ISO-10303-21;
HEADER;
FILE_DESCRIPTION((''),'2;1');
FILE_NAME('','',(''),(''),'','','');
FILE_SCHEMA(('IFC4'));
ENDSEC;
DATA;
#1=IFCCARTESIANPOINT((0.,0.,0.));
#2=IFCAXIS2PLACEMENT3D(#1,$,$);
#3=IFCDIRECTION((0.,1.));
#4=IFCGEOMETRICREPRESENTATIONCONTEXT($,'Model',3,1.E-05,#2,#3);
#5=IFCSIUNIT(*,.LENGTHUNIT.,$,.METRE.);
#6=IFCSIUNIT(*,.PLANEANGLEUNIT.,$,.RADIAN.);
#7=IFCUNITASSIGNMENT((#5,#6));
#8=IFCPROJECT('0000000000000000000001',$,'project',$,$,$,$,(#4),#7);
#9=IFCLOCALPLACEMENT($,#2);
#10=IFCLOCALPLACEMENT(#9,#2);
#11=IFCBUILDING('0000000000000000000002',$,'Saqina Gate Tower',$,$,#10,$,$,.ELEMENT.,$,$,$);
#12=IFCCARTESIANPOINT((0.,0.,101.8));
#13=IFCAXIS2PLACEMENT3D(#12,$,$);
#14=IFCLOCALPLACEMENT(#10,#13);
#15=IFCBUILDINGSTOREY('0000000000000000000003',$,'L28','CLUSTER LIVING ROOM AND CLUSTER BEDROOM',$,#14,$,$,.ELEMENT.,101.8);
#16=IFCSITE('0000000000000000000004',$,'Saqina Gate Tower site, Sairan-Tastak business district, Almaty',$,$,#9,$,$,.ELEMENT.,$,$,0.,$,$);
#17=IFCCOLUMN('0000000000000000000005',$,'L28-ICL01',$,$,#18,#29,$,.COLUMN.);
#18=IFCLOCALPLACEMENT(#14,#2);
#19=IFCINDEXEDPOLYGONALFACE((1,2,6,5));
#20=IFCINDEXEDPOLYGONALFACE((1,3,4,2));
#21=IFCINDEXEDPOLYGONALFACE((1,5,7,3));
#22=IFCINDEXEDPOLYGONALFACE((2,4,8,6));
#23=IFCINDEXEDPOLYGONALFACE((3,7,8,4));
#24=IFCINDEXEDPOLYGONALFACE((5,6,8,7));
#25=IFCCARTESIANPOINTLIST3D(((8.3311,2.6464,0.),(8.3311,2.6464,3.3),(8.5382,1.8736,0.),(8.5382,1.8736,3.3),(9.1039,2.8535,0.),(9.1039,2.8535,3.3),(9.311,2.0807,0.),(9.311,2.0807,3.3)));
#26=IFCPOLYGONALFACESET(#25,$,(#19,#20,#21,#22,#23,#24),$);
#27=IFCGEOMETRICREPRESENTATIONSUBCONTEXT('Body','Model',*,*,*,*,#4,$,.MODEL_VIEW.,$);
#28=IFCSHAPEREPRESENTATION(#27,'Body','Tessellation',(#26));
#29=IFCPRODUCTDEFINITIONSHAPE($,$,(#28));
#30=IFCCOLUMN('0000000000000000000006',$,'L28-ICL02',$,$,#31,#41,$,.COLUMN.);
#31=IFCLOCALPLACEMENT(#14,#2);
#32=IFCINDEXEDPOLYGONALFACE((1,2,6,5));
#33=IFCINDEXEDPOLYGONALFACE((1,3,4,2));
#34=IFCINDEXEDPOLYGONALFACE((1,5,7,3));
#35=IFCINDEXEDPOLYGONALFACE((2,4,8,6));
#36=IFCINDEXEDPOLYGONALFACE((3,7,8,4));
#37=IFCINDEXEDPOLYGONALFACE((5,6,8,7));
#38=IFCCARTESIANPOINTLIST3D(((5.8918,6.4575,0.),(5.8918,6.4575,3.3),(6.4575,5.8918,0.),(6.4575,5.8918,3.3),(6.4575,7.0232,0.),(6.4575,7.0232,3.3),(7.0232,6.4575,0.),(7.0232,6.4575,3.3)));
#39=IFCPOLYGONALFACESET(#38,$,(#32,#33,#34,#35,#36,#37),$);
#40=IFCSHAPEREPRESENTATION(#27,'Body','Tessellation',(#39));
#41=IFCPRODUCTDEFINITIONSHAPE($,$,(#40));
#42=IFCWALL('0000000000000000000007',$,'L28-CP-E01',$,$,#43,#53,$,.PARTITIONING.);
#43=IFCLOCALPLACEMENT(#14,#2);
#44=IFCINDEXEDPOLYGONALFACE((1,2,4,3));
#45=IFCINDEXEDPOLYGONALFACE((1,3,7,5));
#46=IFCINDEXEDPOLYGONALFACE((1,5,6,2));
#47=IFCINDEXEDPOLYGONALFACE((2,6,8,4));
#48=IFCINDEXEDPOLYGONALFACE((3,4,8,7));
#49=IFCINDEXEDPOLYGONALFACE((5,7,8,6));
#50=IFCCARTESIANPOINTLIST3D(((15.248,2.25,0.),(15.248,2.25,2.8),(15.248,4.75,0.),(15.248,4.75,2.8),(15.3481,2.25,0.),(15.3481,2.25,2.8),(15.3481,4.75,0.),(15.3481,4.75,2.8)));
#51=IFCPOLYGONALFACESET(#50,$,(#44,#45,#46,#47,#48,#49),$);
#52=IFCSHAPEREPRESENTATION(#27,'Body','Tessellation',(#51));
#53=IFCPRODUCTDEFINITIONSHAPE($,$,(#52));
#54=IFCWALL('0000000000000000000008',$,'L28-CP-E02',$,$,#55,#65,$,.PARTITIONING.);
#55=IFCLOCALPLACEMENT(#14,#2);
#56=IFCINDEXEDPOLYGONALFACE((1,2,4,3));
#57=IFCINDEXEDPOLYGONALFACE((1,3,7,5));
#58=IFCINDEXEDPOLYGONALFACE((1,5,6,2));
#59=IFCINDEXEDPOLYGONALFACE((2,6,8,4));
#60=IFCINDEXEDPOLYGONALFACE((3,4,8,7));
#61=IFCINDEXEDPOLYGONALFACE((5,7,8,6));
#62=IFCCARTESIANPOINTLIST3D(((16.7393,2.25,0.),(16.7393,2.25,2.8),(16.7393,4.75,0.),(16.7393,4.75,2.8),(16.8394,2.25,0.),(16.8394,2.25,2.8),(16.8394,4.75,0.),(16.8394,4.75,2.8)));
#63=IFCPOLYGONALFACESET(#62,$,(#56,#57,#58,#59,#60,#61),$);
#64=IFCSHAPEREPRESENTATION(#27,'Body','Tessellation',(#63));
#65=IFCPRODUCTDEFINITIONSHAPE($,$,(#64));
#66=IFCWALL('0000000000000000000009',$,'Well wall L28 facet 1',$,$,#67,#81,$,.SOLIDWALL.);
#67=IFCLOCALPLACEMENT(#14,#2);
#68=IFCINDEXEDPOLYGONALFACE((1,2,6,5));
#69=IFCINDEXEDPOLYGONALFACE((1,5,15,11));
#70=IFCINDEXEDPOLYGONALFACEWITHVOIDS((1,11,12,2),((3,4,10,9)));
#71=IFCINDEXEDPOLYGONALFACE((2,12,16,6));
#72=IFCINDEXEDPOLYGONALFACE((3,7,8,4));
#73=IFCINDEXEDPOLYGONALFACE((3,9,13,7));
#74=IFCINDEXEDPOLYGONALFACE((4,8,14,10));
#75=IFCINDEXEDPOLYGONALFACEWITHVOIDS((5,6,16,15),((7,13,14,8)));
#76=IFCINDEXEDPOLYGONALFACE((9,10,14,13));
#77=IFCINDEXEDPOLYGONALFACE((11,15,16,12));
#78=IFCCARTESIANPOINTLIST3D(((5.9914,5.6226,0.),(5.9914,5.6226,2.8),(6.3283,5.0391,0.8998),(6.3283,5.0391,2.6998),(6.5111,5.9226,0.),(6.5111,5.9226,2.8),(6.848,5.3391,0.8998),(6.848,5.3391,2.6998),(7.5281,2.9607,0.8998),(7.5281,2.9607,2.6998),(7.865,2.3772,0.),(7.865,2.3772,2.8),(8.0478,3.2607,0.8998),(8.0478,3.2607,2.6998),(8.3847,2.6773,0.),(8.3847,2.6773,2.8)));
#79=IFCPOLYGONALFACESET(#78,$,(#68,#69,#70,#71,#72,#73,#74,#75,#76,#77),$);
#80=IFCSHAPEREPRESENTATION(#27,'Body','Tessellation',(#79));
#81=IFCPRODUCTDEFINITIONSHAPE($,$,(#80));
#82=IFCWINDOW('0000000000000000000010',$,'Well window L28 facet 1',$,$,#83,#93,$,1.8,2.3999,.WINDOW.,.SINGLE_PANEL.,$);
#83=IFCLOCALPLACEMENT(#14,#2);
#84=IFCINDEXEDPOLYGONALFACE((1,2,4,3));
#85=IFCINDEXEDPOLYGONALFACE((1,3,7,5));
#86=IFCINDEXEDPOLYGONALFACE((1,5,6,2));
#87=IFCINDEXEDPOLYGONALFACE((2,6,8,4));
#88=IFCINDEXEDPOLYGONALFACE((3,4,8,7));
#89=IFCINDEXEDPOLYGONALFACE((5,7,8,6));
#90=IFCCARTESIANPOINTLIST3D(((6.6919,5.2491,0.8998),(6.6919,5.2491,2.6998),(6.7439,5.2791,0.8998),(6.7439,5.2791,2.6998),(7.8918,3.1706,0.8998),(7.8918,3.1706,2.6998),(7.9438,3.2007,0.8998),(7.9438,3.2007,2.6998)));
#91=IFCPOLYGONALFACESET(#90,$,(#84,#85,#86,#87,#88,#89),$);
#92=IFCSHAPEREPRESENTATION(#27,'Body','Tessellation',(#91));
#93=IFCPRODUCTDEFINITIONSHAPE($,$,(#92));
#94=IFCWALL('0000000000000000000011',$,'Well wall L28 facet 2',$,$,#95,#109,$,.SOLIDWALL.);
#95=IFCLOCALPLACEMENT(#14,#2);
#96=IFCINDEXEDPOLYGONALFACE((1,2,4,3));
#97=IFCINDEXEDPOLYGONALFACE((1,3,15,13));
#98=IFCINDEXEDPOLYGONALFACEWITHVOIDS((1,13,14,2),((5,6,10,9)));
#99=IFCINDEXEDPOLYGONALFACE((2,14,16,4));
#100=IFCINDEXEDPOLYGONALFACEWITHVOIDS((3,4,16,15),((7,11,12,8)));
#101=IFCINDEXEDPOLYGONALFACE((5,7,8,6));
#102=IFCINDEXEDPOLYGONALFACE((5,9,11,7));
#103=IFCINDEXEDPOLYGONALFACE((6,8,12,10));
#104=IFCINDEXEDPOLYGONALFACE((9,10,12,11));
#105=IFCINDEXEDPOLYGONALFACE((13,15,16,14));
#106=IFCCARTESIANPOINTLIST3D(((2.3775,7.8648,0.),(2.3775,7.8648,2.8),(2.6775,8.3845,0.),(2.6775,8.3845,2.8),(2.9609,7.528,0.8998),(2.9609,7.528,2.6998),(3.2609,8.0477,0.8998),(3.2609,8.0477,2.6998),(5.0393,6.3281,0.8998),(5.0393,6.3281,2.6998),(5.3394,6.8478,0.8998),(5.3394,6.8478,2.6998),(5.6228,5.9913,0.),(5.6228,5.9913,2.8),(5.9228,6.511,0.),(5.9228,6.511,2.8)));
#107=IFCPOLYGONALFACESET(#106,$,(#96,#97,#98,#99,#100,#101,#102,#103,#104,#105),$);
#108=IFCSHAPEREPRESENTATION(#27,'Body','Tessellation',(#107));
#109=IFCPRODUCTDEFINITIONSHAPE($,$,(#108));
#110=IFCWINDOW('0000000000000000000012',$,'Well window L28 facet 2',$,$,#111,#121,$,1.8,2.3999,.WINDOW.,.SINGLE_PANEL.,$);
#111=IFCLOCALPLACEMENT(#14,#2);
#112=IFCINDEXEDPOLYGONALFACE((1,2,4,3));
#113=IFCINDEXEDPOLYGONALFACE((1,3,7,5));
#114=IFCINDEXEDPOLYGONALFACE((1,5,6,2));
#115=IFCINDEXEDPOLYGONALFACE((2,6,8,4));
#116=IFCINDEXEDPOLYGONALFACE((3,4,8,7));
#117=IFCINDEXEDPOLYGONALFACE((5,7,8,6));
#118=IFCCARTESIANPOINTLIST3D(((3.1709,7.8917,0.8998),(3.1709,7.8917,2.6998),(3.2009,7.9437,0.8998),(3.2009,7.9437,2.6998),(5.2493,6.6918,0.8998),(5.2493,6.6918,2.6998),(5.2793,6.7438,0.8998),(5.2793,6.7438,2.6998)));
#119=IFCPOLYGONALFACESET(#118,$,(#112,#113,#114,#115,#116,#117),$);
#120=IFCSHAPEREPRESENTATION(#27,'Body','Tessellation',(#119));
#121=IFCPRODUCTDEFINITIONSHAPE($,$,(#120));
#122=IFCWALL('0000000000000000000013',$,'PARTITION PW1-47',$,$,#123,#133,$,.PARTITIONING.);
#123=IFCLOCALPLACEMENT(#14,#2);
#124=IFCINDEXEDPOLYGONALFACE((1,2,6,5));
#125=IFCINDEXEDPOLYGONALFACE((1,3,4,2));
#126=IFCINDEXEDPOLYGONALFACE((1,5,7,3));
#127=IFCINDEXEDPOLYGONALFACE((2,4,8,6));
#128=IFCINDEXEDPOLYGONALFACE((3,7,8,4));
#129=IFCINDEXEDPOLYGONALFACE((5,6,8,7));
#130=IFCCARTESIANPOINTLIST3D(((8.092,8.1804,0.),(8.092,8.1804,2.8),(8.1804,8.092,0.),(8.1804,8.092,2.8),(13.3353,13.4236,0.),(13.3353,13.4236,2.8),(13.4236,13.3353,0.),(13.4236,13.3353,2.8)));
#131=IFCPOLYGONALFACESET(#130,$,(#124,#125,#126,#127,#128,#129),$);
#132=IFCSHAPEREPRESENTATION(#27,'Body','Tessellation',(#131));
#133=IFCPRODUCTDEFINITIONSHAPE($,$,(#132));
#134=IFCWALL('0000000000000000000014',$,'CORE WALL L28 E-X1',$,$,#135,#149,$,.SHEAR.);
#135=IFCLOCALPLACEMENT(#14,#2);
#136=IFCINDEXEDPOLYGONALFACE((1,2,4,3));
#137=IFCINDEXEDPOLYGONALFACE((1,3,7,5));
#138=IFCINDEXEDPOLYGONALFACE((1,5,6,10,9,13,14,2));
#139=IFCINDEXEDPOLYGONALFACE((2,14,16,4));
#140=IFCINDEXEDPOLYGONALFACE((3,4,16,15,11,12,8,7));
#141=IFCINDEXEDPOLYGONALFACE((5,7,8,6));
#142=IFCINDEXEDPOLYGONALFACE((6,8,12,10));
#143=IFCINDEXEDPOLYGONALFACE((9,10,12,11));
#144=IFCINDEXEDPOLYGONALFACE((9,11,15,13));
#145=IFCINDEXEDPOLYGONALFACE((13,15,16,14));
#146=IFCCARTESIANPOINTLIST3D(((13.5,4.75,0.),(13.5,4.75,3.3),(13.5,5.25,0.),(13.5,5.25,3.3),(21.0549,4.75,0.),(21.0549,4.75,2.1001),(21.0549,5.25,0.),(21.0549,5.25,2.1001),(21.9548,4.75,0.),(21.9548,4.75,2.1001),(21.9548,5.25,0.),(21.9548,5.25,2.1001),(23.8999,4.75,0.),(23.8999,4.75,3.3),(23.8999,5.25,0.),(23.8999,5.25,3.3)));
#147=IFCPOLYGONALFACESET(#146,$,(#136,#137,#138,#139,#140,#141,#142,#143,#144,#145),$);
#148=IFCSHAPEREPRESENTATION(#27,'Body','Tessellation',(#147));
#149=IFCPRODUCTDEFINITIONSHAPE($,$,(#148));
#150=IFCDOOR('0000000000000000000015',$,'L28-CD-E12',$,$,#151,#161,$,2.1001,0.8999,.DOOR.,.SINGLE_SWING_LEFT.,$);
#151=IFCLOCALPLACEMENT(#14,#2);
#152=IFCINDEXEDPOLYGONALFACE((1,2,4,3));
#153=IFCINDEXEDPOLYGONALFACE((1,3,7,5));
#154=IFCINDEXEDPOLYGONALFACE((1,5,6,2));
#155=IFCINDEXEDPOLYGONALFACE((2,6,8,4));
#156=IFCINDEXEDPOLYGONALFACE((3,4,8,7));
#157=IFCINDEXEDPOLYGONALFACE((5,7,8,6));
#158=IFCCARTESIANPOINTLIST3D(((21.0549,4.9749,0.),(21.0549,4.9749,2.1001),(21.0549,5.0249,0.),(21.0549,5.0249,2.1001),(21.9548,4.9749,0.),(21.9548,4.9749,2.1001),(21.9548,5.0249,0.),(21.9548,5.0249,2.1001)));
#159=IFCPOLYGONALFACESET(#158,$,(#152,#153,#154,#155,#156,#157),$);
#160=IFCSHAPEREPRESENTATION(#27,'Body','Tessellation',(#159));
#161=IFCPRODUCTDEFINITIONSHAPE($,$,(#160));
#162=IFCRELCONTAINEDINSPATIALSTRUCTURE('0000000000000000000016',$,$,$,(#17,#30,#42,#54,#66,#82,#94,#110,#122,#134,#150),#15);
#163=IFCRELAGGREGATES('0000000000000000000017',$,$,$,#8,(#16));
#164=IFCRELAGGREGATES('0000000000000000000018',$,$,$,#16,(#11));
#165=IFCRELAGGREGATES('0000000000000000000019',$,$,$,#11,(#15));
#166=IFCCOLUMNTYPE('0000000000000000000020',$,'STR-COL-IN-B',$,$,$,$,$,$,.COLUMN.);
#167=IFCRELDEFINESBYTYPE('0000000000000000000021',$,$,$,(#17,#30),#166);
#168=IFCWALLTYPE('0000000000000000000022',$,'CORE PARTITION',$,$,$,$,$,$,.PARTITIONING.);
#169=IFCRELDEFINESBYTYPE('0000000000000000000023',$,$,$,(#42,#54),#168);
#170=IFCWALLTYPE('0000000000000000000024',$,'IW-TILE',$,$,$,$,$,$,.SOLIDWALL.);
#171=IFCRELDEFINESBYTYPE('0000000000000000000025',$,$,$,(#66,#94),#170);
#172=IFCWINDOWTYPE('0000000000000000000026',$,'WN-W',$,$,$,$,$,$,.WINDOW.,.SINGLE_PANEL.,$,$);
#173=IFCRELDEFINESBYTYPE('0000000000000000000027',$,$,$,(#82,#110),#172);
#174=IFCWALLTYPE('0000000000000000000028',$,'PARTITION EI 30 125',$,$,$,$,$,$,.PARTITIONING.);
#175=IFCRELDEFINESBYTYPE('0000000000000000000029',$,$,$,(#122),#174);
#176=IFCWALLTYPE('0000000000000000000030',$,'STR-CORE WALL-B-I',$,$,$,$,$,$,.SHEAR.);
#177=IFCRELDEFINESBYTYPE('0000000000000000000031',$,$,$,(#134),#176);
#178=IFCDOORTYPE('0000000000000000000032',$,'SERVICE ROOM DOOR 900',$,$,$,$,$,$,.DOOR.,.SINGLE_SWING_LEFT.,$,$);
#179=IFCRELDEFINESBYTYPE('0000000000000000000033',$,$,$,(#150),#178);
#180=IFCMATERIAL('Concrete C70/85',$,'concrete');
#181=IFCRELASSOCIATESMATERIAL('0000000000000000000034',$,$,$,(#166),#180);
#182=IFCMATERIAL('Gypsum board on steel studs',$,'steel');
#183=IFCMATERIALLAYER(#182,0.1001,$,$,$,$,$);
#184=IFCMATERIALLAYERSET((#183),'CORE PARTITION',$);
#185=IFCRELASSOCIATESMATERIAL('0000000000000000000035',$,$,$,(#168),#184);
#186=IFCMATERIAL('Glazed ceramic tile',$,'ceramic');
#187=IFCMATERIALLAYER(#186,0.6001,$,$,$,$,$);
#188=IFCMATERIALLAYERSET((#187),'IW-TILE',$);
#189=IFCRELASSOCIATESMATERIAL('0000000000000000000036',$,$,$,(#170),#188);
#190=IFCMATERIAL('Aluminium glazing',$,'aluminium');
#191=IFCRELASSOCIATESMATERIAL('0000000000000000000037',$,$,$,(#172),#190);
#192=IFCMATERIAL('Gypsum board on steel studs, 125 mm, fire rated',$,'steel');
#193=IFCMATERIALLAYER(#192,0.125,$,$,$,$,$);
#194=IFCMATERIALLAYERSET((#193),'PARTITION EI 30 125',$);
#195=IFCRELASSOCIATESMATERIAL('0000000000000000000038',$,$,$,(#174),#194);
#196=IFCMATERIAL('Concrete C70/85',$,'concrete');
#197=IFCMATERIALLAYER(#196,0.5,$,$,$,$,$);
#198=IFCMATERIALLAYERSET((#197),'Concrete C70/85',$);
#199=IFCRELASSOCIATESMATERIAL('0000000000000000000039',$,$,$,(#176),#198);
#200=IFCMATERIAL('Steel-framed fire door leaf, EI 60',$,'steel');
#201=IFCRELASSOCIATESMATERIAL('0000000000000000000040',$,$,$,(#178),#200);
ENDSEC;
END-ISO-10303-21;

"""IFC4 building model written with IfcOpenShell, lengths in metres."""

from ifc_helpers import new_model, si_unit, direction, frame, frame_2d, origin, origin_2d, place, context, subcontext, project, spatial, rectangle, extrude, material, layer, layer_set, material_profile, profile_set, type_object, element, fill, save


model = new_model("IFC4")

# Units and contexts
model_context = context("Model", 3, precision=1e-05, world=origin(), true_north=direction((0.0, 1.0)))
body_context = subcontext(model_context, "Body", "Model", "MODEL_VIEW")
ifc_project = project(units=[si_unit("LENGTHUNIT", "METRE"), si_unit("PLANEANGLEUNIT", "RADIAN")], contexts=[model_context])

# Site, building, storey
site_placement = place(None, origin())
site = spatial("IfcSite", under=ifc_project, at=site_placement, Name="Saqina Gate Tower site, Sairan-Tastak business district, Almaty", CompositionType="ELEMENT", RefElevation=0.0)
building_placement = place(site_placement, origin())
building = spatial("IfcBuilding", under=site, at=building_placement, Name="Saqina Gate Tower", CompositionType="ELEMENT")
storey_placement = place(building_placement, frame((0.0, 0.0, 101.8)))
storey = spatial("IfcBuildingStorey", under=building, at=storey_placement, Name="L28", Description="CLUSTER LIVING ROOM AND CLUSTER BEDROOM", CompositionType="ELEMENT", Elevation=101.8)

# Columns
ifc_material_1 = material(Name="Concrete C70/85", Category="concrete")
ifc_material_profile = material_profile(ifc_material_1, rectangle(XDim=0.8, YDim=0.8, at=origin_2d()), Name="RC 800x800")
ifc_profile_set = profile_set([ifc_material_profile], Name="Concrete C70/85")
column_type = type_object("IfcColumnType", Name="STR-COL-IN-B", PredefinedType="COLUMN", material=ifc_profile_set)
for number, where, z_axis, x_axis, name in (
    (1, (8.821, 2.3635, 0.0), (0.0, 0.0, 1.0), (0.965926, 0.258819, 0.0), "L28-ICL01"),
    (2, (6.4575, 6.4575, 0.0), (0.0, 0.0, 1.0), (0.707107, 0.707107, 0.0), "L28-ICL02"),
):
    element("IfcColumn", number, at=place(storey_placement, frame(where, z_axis=z_axis, x_axis=x_axis)), inside=storey, type_object=column_type, Name=name, PredefinedType="COLUMN", context=body_context, shape_type="SweptSolid", body=[
        extrude(rectangle(XDim=0.8, YDim=0.8, at=origin_2d()), origin(), (0.0, 0.0, 1.0), 3.3),
    ])

# Walls
ifc_material_2 = material(Name="Gypsum board on steel studs", Category="steel")
ifc_layer_1 = layer(ifc_material_2, 0.1001)
ifc_layer_set_1 = layer_set([ifc_layer_1], Name="CORE PARTITION")
wall_type_1 = type_object("IfcWallType", Name="CORE PARTITION", PredefinedType="PARTITIONING", material=ifc_layer_set_1)
for number, where, z_axis, x_axis, name in (
    (3, (15.2981, 2.25, 0.0), (0.0, 0.0, 1.0), (0.0, 1.0, 0.0), "L28-CP-E01"),
    (4, (16.7893, 2.25, 0.0), (0.0, 0.0, 1.0), (0.0, 1.0, 0.0), "L28-CP-E02"),
):
    element("IfcWall", number, at=place(storey_placement, frame(where, z_axis=z_axis, x_axis=x_axis)), inside=storey, type_object=wall_type_1, Name=name, PredefinedType="PARTITIONING", context=body_context, shape_type="SweptSolid", body=[
        extrude(rectangle(XDim=2.5, YDim=0.1001, at=frame_2d((1.25, 0.0))), origin(), (0.0, 0.0, 1.0), 2.8),
    ])

# Walls, openings, windows
ifc_material_3 = material(Name="Glazed ceramic tile", Category="ceramic")
ifc_layer_2 = layer(ifc_material_3, 0.6001)
ifc_layer_set_2 = layer_set([ifc_layer_2], Name="IW-TILE")
wall_type_2 = type_object("IfcWallType", Name="IW-TILE", PredefinedType="SOLIDWALL", material=ifc_layer_set_2)
wall_1_placement = place(storey_placement, frame((8.1248, 2.5273, 0.0), z_axis=(0.0, 0.0, 1.0), x_axis=(-0.499965, 0.866046, 0.0)))
wall_1 = element("IfcWall", 5, at=wall_1_placement, inside=storey, type_object=wall_type_2, Name="Well wall L28 facet 1", PredefinedType="SOLIDWALL", context=body_context, shape_type="SweptSolid", body=[
    extrude(rectangle(XDim=3.7473, YDim=0.6001, at=frame_2d((1.8735, 0.0))), origin(), (0.0, 0.0, 1.0), 2.8),
])
opening_1_placement = place(wall_1_placement, frame((0.6736, 0.0, 0.8999)))
opening_1 = element("IfcOpeningElement", 6, at=opening_1_placement, cuts=wall_1, PredefinedType="OPENING", context=body_context, shape_type="SweptSolid", body=[
    extrude(rectangle(XDim=2.3999, YDim=1.8, at=frame_2d((1.2, 0.8999))), frame((0.0, 0.312, 0.0), z_axis=(0.0, -1.0, 0.0), x_axis=(1.0, 0.0, 0.0)), (0.0, 0.0, 1.0), 0.624),
])
ifc_material_4 = material(Name="Aluminium glazing", Category="aluminium")
window_type = type_object("IfcWindowType", Name="WN-W", PartitioningType="SINGLE_PANEL", PredefinedType="WINDOW", material=ifc_material_4)
window_1_placement = place(opening_1_placement, origin())
window_1 = element("IfcWindow", 7, at=window_1_placement, inside=storey, type_object=window_type, Name="Well window L28 facet 1", OverallHeight=1.8, OverallWidth=2.3999, PartitioningType="SINGLE_PANEL", PredefinedType="WINDOW", context=body_context, shape_type="SweptSolid", body=[
    extrude(rectangle(XDim=2.3999, YDim=1.8, at=frame_2d((1.2, 0.8999))), frame((0.0, -0.1199, 0.0), z_axis=(0.0, -1.0, 0.0), x_axis=(1.0, 0.0, 0.0)), (0.0, 0.0, 1.0), 0.0601),
])
fill(opening_1, window_1)
wall_2_placement = place(storey_placement, frame((5.7727, 6.2512, 0.0), z_axis=(0.0, 0.0, 1.0), x_axis=(-0.866046, 0.499965, 0.0)))
wall_2 = element("IfcWall", 8, at=wall_2_placement, inside=storey, type_object=wall_type_2, Name="Well wall L28 facet 2", PredefinedType="SOLIDWALL", context=body_context, shape_type="SweptSolid", body=[
    extrude(rectangle(XDim=3.7473, YDim=0.6001, at=frame_2d((1.8735, 0.0))), origin(), (0.0, 0.0, 1.0), 2.8),
])
opening_2_placement = place(wall_2_placement, frame((0.6736, 0.0, 0.8999)))
opening_2 = element("IfcOpeningElement", 9, at=opening_2_placement, cuts=wall_2, PredefinedType="OPENING", context=body_context, shape_type="SweptSolid", body=[
    extrude(rectangle(XDim=2.3999, YDim=1.8, at=frame_2d((1.2, 0.8999))), frame((0.0, 0.312, 0.0), z_axis=(0.0, -1.0, 0.0), x_axis=(1.0, 0.0, 0.0)), (0.0, 0.0, 1.0), 0.624),
])
window_2_placement = place(opening_2_placement, origin())
window_2 = element("IfcWindow", 10, at=window_2_placement, inside=storey, type_object=window_type, Name="Well window L28 facet 2", OverallHeight=1.8, OverallWidth=2.3999, PartitioningType="SINGLE_PANEL", PredefinedType="WINDOW", context=body_context, shape_type="SweptSolid", body=[
    extrude(rectangle(XDim=2.3999, YDim=1.8, at=frame_2d((1.2, 0.8999))), frame((0.0, -0.1199, 0.0), z_axis=(0.0, -1.0, 0.0), x_axis=(1.0, 0.0, 0.0)), (0.0, 0.0, 1.0), 0.0601),
])
fill(opening_2, window_2)

# Wall
ifc_material_5 = material(Name="Gypsum board on steel studs, 125 mm, fire rated", Category="steel")
ifc_layer_3 = layer(ifc_material_5, 0.125)
ifc_layer_set_3 = layer_set([ifc_layer_3], Name="PARTITION EI 30 125")
wall_type_3 = type_object("IfcWallType", Name="PARTITION EI 30 125", PredefinedType="PARTITIONING", material=ifc_layer_set_3)
wall_3_placement = place(storey_placement, frame((8.1362, 8.1362, 0.0), z_axis=(0.0, 0.0, 1.0), x_axis=(0.707107, 0.707107, 0.0)))
element("IfcWall", 11, at=wall_3_placement, inside=storey, type_object=wall_type_3, Name="PARTITION PW1-47", PredefinedType="PARTITIONING", context=body_context, shape_type="SweptSolid", body=[
    extrude(rectangle(XDim=7.415, YDim=0.125, at=frame_2d((3.7075, 0.0))), origin(), (0.0, 0.0, 1.0), 2.8),
])

# Wall, opening, door
ifc_material_6 = material(Name="Concrete C70/85", Category="concrete")
ifc_layer_4 = layer(ifc_material_6, 0.5)
ifc_layer_set_4 = layer_set([ifc_layer_4], Name="Concrete C70/85")
wall_type_4 = type_object("IfcWallType", Name="STR-CORE WALL-B-I", PredefinedType="SHEAR", material=ifc_layer_set_4)
wall_4_placement = place(storey_placement, frame((13.5, 5.0, 0.0), z_axis=(0.0, 0.0, 1.0), x_axis=(1.0, 0.0, 0.0)))
wall_4 = element("IfcWall", 12, at=wall_4_placement, inside=storey, type_object=wall_type_4, Name="CORE WALL L28 E-X1", PredefinedType="SHEAR", context=body_context, shape_type="SweptSolid", body=[
    extrude(rectangle(XDim=10.3999, YDim=0.5, at=frame_2d((5.2, 0.0))), origin(), (0.0, 0.0, 1.0), 3.3),
])
opening_3_placement = place(wall_4_placement, frame((7.5549, 0.0, 0.0)))
opening_3 = element("IfcOpeningElement", 13, at=opening_3_placement, cuts=wall_4, PredefinedType="OPENING", context=body_context, shape_type="SweptSolid", body=[
    extrude(rectangle(XDim=0.8999, YDim=2.1001, at=frame_2d((0.45, 1.05))), frame((0.0, 0.262, 0.0), z_axis=(0.0, -1.0, 0.0), x_axis=(1.0, 0.0, 0.0)), (0.0, 0.0, 1.0), 0.5239),
])
ifc_material_7 = material(Name="Steel-framed fire door leaf, EI 60", Category="steel")
door_type_1 = type_object("IfcDoorType", Name="SERVICE ROOM DOOR 900", OperationType="SINGLE_SWING_LEFT", PredefinedType="DOOR", material=ifc_material_7)
door_1_placement = place(opening_3_placement, origin())
door_1 = element("IfcDoor", 14, at=door_1_placement, inside=storey, type_object=door_type_1, Name="L28-CD-E12", OperationType="SINGLE_SWING_LEFT", OverallHeight=2.1001, OverallWidth=0.8999, PredefinedType="DOOR", context=body_context, shape_type="SweptSolid", body=[
    extrude(rectangle(XDim=0.8999, YDim=2.1001, at=frame_2d((0.45, 1.05))), frame((0.0, 0.0249, 0.0), z_axis=(0.0, -1.0, 0.0), x_axis=(1.0, 0.0, 0.0)), (0.0, 0.0, 1.0), 0.05),
])
fill(opening_3, door_1)

save(model, "model.ifc")
